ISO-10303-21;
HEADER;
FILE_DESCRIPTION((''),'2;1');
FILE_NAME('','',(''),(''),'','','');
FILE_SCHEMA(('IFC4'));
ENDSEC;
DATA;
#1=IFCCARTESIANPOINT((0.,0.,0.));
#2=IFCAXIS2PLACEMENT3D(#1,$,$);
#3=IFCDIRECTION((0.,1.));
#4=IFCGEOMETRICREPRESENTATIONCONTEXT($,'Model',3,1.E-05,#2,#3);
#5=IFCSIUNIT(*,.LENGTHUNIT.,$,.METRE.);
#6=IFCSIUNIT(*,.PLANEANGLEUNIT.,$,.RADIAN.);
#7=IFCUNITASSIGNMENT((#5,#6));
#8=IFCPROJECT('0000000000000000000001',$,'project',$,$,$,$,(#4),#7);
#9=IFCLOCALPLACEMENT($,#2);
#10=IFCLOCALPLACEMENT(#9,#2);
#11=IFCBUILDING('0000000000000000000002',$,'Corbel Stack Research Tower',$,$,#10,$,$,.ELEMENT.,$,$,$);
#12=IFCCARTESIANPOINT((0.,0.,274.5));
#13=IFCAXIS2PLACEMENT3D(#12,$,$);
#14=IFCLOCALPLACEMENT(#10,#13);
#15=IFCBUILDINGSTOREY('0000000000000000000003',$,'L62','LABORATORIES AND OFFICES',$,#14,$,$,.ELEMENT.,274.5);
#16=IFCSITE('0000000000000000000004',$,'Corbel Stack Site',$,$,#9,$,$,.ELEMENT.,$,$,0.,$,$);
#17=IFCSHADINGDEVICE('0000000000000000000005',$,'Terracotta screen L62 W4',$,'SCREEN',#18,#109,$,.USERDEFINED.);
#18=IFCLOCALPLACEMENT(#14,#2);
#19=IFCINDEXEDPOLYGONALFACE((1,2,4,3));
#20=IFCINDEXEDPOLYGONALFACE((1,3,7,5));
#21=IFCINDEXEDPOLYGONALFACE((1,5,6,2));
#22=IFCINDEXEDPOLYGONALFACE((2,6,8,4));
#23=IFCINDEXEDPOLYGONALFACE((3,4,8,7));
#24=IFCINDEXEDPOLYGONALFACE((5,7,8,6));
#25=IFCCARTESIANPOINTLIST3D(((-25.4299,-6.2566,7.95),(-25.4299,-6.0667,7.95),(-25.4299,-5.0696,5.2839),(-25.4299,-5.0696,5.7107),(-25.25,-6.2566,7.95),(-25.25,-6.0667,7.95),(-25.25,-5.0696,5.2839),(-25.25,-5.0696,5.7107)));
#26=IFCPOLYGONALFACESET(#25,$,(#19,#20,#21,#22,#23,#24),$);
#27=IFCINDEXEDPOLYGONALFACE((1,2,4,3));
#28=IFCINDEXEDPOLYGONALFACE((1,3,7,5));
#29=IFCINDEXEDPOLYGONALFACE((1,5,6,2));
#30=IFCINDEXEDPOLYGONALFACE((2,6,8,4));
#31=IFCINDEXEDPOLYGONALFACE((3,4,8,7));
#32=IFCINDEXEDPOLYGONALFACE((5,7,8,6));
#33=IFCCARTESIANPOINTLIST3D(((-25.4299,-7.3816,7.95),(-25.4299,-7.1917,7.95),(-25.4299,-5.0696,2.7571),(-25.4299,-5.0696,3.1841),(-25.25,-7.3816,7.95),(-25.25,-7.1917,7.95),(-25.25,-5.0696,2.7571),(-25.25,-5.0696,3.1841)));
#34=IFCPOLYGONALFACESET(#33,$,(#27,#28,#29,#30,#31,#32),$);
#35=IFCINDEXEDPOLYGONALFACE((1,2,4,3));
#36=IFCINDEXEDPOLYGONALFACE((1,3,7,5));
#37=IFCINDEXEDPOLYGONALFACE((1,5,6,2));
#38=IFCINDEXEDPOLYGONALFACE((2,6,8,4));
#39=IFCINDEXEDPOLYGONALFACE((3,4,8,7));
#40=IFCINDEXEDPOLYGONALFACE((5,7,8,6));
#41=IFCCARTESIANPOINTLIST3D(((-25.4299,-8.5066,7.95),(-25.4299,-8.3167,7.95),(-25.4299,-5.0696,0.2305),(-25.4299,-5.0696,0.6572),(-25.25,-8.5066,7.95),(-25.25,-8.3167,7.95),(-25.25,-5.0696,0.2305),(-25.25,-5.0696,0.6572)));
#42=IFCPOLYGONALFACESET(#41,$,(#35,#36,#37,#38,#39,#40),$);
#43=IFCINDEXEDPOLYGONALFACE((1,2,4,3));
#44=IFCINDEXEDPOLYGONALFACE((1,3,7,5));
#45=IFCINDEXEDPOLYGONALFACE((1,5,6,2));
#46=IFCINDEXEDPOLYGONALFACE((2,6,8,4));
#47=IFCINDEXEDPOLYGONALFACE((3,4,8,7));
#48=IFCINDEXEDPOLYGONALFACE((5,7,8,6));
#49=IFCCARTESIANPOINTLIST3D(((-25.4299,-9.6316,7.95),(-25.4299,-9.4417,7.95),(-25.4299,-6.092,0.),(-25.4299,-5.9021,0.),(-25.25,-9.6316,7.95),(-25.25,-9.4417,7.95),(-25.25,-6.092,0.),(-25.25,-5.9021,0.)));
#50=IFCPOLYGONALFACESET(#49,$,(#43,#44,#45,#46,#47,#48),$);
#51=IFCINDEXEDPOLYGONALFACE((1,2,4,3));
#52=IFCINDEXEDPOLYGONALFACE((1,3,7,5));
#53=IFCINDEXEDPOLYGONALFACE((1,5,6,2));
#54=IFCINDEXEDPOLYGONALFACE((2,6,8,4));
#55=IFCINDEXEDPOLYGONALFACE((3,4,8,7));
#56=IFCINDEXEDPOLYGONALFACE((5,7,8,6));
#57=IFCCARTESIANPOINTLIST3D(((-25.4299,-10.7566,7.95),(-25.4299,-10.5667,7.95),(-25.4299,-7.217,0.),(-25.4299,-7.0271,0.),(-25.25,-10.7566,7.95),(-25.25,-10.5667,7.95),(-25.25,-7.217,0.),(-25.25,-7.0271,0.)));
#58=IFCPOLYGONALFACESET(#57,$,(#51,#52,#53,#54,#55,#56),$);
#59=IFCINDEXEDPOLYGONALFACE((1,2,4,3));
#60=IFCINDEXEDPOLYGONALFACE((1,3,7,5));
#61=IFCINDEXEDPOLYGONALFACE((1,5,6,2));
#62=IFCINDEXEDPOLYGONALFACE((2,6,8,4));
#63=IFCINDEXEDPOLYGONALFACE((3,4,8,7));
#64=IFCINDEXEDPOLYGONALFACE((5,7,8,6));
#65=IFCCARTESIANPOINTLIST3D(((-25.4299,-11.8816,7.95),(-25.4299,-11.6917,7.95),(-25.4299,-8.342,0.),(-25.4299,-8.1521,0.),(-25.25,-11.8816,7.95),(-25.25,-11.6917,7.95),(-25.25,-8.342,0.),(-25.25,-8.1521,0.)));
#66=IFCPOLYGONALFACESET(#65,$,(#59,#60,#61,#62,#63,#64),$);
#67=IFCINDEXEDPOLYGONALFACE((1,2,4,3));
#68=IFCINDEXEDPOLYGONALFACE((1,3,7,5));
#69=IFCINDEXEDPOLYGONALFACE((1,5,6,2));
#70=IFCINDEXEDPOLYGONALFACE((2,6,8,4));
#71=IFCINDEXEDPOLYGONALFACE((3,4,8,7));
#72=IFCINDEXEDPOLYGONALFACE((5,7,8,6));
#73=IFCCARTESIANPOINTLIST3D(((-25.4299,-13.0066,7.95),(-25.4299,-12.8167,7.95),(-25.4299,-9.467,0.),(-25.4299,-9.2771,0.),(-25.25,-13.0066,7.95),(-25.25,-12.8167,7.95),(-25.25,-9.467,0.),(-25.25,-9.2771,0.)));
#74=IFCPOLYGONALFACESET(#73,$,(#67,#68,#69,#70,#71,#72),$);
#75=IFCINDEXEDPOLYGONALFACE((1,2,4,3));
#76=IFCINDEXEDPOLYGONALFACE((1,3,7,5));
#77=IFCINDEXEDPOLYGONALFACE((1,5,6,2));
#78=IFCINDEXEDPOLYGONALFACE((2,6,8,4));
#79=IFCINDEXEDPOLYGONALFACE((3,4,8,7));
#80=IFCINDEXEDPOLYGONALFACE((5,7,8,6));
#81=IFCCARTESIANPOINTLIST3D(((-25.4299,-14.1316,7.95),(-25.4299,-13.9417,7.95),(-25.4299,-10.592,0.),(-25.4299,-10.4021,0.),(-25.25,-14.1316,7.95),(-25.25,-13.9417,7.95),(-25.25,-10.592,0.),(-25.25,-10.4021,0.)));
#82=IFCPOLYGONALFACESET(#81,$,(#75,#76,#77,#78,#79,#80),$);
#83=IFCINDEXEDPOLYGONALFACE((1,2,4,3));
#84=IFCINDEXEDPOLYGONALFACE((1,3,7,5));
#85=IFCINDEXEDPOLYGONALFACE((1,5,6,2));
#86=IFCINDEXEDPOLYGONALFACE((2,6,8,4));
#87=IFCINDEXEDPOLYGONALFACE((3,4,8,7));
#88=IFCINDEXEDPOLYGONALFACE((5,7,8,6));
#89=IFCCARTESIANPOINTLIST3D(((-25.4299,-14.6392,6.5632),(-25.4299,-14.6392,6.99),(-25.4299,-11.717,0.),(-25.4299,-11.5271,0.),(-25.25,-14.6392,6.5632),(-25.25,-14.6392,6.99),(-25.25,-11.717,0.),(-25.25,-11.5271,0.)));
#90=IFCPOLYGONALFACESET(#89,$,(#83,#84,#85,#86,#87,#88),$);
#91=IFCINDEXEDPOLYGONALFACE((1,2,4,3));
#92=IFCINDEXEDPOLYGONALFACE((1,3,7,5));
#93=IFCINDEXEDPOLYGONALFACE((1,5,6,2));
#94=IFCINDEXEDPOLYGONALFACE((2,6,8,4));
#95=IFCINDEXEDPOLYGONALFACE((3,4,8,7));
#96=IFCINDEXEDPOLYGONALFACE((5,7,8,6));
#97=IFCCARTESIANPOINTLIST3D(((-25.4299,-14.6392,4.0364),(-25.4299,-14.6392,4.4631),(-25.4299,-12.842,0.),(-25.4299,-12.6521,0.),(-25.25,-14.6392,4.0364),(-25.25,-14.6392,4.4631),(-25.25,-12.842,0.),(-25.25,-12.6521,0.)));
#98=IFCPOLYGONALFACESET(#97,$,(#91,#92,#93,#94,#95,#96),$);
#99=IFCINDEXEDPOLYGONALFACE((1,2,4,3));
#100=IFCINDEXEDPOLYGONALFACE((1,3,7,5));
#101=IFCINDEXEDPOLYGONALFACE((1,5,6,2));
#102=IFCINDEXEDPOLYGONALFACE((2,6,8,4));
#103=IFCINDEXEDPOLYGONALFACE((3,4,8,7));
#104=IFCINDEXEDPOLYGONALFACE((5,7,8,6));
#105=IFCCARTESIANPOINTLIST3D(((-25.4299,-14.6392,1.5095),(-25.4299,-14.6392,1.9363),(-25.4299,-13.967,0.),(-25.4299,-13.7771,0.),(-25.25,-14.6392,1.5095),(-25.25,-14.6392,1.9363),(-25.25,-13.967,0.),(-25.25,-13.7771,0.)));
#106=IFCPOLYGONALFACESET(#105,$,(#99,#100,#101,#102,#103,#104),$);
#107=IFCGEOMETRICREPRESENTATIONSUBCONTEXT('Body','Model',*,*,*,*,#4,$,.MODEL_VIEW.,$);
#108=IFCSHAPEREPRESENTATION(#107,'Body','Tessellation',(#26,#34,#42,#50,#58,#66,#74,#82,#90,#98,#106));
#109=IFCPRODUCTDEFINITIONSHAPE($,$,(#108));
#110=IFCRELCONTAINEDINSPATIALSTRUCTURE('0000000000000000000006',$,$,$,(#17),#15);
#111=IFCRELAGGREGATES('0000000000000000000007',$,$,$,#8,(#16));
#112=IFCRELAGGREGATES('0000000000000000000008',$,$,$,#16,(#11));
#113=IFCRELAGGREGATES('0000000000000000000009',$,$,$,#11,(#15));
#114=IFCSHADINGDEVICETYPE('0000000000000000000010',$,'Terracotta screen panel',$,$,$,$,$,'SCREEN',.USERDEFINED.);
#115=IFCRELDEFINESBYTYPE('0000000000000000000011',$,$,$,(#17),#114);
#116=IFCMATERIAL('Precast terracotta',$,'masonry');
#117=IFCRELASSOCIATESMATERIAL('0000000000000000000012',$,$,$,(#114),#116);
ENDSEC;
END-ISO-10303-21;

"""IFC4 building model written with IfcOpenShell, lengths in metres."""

from ifc_helpers import new_model, si_unit, direction, frame, origin, place, context, subcontext, project, spatial, polyline, outline, extrude, source, transform, mapped, material, type_object, element, save


model = new_model("IFC4")

# Units and contexts
model_context = context("Model", 3, precision=1e-05, world=origin(), true_north=direction((0.0, 1.0)))
body_context = subcontext(model_context, "Body", "Model", "MODEL_VIEW")
ifc_project = project(units=[si_unit("LENGTHUNIT", "METRE"), si_unit("PLANEANGLEUNIT", "RADIAN")], contexts=[model_context])

# Site, building, storey
site_placement = place(None, origin())
site = spatial("IfcSite", under=ifc_project, at=site_placement, Name="Corbel Stack Site", CompositionType="ELEMENT", RefElevation=0.0)
building_placement = place(site_placement, origin())
building = spatial("IfcBuilding", under=site, at=building_placement, Name="Corbel Stack Research Tower", CompositionType="ELEMENT")
storey_placement = place(building_placement, frame((0.0, 0.0, 274.5)))
storey = spatial("IfcBuildingStorey", under=building, at=storey_placement, Name="L62", Description="LABORATORIES AND OFFICES", CompositionType="ELEMENT", Elevation=274.5)

# Shading device
ifc_material_1 = material(Name="Precast terracotta", Category="masonry")
shading_device_type = type_object("IfcShadingDeviceType", Name="Terracotta screen panel", ElementType="SCREEN", PredefinedType="USERDEFINED", material=ifc_material_1)
shared_shape = source(origin(), body_context, "Body", "SweptSolid", [
    extrude(outline(polyline([(1.187, 7.95), (0.9971, 7.95), (0.0, 5.7107), (0.0, 5.2839), (1.187, 7.95)])), frame((0.0, 0.0, 0.0), z_axis=(0.0, -1.0, 0.0), x_axis=(1.0, 0.0, 0.0)), (0.0, 0.0, 1.0), 0.1799),
    extrude(outline(polyline([(2.312, 7.95), (2.1221, 7.95), (0.0, 3.1841), (0.0, 2.7571), (2.312, 7.95)])), frame((0.0, 0.0, 0.0), z_axis=(0.0, -1.0, 0.0), x_axis=(1.0, 0.0, 0.0)), (0.0, 0.0, 1.0), 0.1799),
    extrude(outline(polyline([(3.437, 7.95), (3.2471, 7.95), (0.0, 0.6572), (0.0, 0.2305), (3.437, 7.95)])), frame((0.0, 0.0, 0.0), z_axis=(0.0, -1.0, 0.0), x_axis=(1.0, 0.0, 0.0)), (0.0, 0.0, 1.0), 0.1799),
    extrude(outline(polyline([(1.0225, 0.0), (4.562, 7.95), (4.3721, 7.95), (0.8325, 0.0), (1.0225, 0.0)])), frame((0.0, 0.0, 0.0), z_axis=(0.0, -1.0, 0.0), x_axis=(1.0, 0.0, 0.0)), (0.0, 0.0, 1.0), 0.1799),
    extrude(outline(polyline([(2.1475, 0.0), (5.687, 7.95), (5.4971, 7.95), (1.9575, 0.0), (2.1475, 0.0)])), frame((0.0, 0.0, 0.0), z_axis=(0.0, -1.0, 0.0), x_axis=(1.0, 0.0, 0.0)), (0.0, 0.0, 1.0), 0.1799),
    extrude(outline(polyline([(3.2725, 0.0), (6.812, 7.95), (6.6221, 7.95), (3.0825, 0.0), (3.2725, 0.0)])), frame((0.0, 0.0, 0.0), z_axis=(0.0, -1.0, 0.0), x_axis=(1.0, 0.0, 0.0)), (0.0, 0.0, 1.0), 0.1799),
    extrude(outline(polyline([(4.3975, 0.0), (7.937, 7.95), (7.7471, 7.95), (4.2075, 0.0), (4.3975, 0.0)])), frame((0.0, 0.0, 0.0), z_axis=(0.0, -1.0, 0.0), x_axis=(1.0, 0.0, 0.0)), (0.0, 0.0, 1.0), 0.1799),
    extrude(outline(polyline([(5.5225, 0.0), (9.062, 7.95), (8.8721, 7.95), (5.3325, 0.0), (5.5225, 0.0)])), frame((0.0, 0.0, 0.0), z_axis=(0.0, -1.0, 0.0), x_axis=(1.0, 0.0, 0.0)), (0.0, 0.0, 1.0), 0.1799),
    extrude(outline(polyline([(6.6475, 0.0), (9.5696, 6.5632), (9.5696, 6.99), (6.4575, 0.0), (6.6475, 0.0)])), frame((0.0, 0.0, 0.0), z_axis=(0.0, -1.0, 0.0), x_axis=(1.0, 0.0, 0.0)), (0.0, 0.0, 1.0), 0.1799),
    extrude(outline(polyline([(7.7725, 0.0), (9.5696, 4.0364), (9.5696, 4.4631), (7.5825, 0.0), (7.7725, 0.0)])), frame((0.0, 0.0, 0.0), z_axis=(0.0, -1.0, 0.0), x_axis=(1.0, 0.0, 0.0)), (0.0, 0.0, 1.0), 0.1799),
    extrude(outline(polyline([(8.8975, 0.0), (9.5696, 1.5095), (9.5696, 1.9363), (8.7075, 0.0), (8.8975, 0.0)])), frame((0.0, 0.0, 0.0), z_axis=(0.0, -1.0, 0.0), x_axis=(1.0, 0.0, 0.0)), (0.0, 0.0, 1.0), 0.1799),
])
shading_device_placement = place(storey_placement, frame((-25.25, -5.0696, 0.0), z_axis=(0.0, 0.0, 1.0), x_axis=(0.0, -1.0, 0.0)))
element("IfcShadingDevice", 1, at=shading_device_placement, inside=storey, type_object=shading_device_type, Name="Terracotta screen L62 W4", ObjectType="SCREEN", PredefinedType="USERDEFINED", context=body_context, shape_type="MappedRepresentation", body=[
    mapped(shared_shape, transform((0.0, 0.0, 0.0))),
])

save(model, "model.ifc")
